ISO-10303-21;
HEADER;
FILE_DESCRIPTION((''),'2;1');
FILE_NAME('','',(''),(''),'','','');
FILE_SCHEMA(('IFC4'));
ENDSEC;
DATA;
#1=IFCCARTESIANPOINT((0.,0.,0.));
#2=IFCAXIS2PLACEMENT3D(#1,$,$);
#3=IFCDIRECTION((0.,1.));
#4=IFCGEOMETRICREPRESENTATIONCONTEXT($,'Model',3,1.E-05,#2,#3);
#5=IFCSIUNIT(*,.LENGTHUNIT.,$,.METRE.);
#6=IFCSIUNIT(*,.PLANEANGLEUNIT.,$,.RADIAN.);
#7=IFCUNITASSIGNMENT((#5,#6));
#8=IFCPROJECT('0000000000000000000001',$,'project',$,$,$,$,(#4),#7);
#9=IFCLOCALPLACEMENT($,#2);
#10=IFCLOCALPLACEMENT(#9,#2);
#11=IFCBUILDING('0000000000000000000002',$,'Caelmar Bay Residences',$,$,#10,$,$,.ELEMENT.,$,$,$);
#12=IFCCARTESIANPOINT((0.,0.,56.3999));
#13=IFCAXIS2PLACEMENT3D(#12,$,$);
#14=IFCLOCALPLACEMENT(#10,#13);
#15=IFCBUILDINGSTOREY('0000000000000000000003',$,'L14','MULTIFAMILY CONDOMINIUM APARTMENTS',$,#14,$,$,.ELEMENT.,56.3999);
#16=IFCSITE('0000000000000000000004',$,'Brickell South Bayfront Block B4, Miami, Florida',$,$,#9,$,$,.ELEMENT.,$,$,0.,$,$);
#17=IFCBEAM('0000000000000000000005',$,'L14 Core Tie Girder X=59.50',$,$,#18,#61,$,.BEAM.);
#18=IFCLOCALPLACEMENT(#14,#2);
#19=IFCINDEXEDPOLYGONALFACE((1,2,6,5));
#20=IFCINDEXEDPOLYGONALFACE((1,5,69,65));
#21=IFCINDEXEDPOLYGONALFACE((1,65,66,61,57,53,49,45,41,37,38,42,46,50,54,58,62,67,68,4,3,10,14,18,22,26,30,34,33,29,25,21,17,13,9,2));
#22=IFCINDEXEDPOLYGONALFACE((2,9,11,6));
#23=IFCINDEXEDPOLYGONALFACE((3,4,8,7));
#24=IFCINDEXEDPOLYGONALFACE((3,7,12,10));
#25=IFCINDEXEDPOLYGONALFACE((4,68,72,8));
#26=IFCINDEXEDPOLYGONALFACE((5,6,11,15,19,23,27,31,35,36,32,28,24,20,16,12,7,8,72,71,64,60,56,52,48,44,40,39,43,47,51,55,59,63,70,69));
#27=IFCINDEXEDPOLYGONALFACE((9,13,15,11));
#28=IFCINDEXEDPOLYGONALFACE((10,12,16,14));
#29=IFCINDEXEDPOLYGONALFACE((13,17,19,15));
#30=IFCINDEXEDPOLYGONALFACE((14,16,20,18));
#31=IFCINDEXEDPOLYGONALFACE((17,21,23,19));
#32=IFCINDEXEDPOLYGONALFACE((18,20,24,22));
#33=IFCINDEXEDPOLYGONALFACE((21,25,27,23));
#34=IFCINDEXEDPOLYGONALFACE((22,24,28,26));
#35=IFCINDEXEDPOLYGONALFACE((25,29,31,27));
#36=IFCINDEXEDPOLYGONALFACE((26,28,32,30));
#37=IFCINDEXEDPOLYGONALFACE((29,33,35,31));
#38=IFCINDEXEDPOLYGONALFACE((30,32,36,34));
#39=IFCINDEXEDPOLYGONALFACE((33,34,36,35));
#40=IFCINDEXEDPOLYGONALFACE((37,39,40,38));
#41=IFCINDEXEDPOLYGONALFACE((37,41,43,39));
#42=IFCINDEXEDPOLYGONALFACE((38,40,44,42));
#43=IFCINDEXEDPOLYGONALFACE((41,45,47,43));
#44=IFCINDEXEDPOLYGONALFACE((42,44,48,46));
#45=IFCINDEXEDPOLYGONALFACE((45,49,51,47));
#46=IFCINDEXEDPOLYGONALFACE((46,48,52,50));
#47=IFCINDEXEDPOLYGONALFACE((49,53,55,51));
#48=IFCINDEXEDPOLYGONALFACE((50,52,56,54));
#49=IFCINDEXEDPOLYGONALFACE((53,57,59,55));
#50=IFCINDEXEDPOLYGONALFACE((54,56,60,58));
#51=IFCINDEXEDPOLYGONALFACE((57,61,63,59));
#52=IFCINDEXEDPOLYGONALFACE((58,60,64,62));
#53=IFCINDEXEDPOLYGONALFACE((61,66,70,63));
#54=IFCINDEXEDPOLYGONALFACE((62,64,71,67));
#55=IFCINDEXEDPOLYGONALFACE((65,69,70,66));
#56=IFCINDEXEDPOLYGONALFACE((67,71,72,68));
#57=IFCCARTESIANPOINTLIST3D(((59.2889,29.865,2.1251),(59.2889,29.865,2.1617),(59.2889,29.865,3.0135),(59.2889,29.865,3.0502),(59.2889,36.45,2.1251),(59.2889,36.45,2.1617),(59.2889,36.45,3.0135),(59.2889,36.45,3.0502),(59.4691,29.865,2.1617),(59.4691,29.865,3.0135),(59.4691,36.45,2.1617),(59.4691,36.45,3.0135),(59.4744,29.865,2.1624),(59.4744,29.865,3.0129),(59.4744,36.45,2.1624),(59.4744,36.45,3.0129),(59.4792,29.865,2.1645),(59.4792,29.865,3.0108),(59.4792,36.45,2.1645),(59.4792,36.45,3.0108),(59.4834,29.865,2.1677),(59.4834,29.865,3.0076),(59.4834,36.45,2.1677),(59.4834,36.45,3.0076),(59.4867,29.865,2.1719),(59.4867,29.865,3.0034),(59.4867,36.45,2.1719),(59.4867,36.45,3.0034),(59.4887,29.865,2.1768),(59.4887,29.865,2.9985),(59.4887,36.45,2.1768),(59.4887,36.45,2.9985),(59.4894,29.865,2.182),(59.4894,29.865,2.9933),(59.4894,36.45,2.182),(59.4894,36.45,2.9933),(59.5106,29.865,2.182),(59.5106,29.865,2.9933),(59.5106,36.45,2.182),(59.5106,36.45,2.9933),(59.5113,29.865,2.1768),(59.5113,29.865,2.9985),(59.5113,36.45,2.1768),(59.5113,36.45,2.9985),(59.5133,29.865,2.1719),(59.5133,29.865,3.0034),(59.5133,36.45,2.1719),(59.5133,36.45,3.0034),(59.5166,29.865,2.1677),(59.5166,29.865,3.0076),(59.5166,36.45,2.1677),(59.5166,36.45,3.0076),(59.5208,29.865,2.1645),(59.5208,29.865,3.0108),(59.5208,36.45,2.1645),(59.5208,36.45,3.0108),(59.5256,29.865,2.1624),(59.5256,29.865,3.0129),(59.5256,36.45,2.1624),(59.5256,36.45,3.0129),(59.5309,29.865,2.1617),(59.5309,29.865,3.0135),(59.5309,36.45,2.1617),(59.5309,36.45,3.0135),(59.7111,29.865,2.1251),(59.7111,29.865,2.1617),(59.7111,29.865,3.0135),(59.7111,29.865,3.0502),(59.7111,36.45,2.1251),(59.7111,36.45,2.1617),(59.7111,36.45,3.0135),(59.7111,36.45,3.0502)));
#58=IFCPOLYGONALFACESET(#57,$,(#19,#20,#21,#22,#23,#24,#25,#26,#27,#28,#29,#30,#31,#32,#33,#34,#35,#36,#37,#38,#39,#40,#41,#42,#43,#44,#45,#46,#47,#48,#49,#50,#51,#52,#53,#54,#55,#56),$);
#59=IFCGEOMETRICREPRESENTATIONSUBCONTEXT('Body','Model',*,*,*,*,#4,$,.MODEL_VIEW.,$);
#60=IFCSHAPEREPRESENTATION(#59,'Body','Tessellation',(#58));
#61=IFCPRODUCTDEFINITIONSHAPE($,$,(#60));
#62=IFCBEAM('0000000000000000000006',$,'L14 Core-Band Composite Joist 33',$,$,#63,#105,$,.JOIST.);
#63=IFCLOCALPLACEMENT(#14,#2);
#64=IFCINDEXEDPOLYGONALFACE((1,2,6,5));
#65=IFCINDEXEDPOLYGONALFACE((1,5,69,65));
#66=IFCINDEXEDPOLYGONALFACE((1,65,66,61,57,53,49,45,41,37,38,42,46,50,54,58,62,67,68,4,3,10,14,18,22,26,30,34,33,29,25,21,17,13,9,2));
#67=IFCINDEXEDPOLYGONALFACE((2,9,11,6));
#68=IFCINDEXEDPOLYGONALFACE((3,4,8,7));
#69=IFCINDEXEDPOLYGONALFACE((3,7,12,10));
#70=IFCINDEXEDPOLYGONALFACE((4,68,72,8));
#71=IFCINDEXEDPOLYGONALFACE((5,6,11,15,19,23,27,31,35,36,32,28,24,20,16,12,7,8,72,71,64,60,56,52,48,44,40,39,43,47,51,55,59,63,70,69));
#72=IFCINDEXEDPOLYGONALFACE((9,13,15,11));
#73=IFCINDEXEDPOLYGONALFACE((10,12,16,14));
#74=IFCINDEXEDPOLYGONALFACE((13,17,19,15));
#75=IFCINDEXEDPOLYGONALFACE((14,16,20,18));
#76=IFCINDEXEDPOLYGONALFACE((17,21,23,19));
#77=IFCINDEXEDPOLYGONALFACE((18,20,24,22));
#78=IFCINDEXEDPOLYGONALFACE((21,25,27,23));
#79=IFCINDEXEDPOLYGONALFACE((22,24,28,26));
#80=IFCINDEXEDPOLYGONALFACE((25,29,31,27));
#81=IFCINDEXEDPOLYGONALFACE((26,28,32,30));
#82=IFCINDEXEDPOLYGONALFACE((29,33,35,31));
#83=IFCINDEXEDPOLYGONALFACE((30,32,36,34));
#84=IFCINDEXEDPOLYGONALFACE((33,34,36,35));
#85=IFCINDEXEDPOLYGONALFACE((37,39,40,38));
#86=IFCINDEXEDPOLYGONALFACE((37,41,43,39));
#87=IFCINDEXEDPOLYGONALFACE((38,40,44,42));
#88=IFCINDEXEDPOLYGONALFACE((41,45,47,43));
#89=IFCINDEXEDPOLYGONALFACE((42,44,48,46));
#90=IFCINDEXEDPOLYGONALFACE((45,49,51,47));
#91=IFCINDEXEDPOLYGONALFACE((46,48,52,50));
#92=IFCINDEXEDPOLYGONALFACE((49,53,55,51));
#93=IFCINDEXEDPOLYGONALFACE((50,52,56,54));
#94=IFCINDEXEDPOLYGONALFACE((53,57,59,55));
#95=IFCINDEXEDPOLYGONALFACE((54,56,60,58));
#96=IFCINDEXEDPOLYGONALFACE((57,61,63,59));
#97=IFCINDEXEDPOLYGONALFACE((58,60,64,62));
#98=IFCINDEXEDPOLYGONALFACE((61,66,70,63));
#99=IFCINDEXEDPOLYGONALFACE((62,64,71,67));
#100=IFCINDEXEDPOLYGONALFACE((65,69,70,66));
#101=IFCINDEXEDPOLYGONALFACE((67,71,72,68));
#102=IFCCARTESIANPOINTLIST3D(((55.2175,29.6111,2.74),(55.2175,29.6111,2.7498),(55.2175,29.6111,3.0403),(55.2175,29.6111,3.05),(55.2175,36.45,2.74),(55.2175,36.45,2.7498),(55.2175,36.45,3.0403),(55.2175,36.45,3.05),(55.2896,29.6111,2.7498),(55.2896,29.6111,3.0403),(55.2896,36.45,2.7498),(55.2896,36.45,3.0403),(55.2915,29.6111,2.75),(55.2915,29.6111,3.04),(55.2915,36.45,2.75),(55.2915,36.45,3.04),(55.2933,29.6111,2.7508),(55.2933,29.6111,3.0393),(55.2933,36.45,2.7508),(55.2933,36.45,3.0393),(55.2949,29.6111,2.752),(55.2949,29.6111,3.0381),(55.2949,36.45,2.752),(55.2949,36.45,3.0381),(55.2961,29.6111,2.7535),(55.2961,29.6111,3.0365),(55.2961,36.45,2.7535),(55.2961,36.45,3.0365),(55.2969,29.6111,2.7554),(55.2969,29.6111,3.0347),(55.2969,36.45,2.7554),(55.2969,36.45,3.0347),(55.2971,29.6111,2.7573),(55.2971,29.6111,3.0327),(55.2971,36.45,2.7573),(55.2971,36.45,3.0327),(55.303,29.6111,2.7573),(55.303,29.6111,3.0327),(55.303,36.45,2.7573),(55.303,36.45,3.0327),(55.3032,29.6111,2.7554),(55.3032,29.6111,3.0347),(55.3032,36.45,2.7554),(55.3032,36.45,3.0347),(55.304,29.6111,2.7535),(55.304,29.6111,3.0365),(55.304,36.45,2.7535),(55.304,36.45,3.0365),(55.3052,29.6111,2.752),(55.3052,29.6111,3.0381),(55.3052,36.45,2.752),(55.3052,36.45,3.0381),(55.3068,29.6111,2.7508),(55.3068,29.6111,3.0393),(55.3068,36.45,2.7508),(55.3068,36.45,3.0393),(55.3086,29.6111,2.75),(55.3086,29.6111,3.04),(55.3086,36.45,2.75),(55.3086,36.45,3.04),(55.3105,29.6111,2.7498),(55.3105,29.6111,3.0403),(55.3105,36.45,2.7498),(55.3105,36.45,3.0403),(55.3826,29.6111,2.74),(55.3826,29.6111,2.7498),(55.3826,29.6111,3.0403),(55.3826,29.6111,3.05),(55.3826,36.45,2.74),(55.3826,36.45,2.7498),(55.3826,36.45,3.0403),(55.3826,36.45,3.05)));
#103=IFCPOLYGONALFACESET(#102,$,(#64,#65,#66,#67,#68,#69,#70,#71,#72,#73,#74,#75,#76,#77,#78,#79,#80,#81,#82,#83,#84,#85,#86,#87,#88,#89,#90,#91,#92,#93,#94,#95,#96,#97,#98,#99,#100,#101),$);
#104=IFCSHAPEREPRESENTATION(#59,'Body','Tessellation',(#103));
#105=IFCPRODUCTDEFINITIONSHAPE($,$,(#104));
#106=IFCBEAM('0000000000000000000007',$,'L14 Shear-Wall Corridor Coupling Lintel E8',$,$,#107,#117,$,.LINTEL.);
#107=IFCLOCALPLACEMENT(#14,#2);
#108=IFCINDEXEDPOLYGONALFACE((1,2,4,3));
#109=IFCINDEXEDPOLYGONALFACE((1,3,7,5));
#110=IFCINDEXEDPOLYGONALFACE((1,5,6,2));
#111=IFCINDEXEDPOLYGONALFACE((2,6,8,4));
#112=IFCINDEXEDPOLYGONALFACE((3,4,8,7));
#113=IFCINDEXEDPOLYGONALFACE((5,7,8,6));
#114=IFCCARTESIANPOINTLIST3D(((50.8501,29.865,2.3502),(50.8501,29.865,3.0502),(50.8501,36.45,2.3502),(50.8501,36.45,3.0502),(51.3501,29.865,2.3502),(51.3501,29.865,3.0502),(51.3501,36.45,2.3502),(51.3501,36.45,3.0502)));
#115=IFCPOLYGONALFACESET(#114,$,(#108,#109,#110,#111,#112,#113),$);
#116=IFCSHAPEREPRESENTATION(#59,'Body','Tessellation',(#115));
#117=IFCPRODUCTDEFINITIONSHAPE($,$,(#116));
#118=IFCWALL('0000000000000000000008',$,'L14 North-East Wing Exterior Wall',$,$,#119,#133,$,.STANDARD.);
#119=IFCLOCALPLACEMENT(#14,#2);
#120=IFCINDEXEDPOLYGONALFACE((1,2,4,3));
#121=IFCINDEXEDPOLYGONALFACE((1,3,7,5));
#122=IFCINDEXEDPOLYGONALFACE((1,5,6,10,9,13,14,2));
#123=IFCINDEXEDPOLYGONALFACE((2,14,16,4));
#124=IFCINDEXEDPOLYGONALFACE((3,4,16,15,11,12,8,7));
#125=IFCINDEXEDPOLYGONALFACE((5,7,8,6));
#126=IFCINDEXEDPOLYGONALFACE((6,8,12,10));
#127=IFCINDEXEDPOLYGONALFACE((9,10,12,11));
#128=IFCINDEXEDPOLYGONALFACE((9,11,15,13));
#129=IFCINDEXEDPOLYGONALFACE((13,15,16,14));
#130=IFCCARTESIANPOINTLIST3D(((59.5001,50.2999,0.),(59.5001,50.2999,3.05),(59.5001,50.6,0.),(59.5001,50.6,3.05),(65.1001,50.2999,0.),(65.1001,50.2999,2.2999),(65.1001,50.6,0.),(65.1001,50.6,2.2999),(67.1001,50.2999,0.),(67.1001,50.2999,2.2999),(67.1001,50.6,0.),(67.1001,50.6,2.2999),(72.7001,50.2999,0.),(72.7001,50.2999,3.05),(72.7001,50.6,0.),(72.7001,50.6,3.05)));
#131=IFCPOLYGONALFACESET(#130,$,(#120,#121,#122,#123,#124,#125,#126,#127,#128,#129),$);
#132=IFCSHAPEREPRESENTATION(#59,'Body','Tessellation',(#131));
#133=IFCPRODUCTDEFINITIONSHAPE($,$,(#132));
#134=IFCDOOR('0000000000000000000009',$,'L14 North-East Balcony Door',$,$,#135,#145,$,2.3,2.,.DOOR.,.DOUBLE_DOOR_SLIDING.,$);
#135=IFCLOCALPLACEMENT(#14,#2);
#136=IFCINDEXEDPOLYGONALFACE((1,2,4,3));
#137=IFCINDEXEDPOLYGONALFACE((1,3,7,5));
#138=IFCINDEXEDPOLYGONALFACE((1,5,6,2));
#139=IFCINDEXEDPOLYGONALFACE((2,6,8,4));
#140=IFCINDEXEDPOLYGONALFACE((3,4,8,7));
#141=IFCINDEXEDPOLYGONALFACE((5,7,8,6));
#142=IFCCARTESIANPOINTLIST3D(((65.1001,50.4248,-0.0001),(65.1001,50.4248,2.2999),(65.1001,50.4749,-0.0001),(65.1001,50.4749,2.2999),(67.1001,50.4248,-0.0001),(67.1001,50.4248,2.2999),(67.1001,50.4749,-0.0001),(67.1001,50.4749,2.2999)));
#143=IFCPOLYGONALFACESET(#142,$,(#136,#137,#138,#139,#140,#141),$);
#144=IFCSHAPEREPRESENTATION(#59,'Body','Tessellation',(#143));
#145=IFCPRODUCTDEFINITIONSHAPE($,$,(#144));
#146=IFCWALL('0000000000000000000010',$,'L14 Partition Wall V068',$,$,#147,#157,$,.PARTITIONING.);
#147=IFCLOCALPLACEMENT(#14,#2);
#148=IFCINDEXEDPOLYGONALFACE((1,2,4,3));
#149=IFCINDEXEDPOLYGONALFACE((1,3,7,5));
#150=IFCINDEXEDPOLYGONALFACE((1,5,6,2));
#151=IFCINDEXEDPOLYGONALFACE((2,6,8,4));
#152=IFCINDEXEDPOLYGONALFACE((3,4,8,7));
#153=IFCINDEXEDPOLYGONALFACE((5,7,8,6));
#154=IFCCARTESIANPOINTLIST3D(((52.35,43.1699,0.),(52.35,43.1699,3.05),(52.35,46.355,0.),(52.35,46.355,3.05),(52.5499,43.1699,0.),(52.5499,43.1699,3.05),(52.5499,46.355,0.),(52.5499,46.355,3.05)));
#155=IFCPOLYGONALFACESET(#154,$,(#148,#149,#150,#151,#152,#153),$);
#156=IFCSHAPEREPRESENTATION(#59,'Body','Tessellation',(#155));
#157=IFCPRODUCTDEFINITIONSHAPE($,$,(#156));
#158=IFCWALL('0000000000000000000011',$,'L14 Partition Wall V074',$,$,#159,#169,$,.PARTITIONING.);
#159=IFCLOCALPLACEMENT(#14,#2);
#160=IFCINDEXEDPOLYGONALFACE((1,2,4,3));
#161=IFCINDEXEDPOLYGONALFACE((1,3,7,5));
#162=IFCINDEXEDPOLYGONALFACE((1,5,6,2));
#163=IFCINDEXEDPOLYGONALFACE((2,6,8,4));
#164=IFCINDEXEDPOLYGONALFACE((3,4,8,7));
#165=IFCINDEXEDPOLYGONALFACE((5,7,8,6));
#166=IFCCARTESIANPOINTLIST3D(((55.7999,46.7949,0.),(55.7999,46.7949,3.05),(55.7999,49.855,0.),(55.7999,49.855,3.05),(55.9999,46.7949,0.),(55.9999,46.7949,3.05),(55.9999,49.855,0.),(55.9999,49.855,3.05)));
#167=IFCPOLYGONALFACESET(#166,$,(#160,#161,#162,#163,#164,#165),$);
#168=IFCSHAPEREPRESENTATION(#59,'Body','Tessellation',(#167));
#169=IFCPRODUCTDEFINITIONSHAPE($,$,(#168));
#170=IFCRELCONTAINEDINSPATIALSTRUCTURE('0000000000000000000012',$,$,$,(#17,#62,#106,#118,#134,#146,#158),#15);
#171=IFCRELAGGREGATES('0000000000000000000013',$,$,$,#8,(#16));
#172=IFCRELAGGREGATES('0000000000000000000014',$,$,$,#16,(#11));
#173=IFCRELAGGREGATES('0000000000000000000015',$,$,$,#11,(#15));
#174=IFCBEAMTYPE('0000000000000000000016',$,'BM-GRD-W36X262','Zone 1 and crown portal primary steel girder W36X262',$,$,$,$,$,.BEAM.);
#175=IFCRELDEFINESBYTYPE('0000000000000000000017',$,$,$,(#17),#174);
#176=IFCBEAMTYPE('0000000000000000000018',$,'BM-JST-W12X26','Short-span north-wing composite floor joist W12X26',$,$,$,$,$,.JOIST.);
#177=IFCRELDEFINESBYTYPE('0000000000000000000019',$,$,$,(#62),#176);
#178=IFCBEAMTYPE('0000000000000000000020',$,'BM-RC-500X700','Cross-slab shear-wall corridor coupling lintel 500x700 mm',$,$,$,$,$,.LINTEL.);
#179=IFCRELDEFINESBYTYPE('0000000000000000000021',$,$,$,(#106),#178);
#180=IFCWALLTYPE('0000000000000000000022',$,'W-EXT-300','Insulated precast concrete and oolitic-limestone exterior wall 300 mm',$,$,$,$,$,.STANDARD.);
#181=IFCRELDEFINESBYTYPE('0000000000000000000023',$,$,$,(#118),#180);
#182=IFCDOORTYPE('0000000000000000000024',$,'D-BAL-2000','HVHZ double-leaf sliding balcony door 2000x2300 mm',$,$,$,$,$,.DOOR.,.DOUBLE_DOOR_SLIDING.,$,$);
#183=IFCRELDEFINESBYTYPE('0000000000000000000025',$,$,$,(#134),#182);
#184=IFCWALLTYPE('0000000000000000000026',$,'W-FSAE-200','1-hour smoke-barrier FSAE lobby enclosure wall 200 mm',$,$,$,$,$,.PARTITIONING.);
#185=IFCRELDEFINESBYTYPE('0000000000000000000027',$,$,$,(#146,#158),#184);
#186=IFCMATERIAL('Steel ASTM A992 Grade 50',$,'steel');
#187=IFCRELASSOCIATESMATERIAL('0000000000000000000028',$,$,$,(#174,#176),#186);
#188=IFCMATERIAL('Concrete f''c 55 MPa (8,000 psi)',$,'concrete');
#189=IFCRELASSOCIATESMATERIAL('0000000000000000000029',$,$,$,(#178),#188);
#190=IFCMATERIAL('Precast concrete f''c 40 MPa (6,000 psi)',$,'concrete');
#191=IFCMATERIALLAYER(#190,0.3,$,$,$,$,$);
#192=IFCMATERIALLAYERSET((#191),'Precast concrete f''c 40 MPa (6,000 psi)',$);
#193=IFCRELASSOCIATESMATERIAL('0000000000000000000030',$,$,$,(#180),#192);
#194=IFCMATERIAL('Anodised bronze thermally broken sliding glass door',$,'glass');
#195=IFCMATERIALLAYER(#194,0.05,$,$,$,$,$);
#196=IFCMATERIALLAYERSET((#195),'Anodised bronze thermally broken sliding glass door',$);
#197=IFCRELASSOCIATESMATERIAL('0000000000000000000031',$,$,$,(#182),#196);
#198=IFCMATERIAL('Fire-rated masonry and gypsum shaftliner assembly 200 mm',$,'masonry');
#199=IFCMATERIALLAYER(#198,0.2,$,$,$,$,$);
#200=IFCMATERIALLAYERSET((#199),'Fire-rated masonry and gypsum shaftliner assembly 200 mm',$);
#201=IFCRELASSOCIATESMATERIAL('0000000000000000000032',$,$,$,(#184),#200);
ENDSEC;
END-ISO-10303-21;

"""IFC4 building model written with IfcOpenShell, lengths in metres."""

from ifc_helpers import new_model, si_unit, direction, frame, frame_2d, origin, origin_2d, place, context, subcontext, project, spatial, rectangle, i_section, extrude, material, layer, layer_set, material_profile, profile_set, type_object, element, fill, save


model = new_model("IFC4")

# Units and contexts
model_context = context("Model", 3, precision=1e-05, world=origin(), true_north=direction((0.0, 1.0)))
body_context = subcontext(model_context, "Body", "Model", "MODEL_VIEW")
ifc_project = project(units=[si_unit("LENGTHUNIT", "METRE"), si_unit("PLANEANGLEUNIT", "RADIAN")], contexts=[model_context])

# Site, building, storey
site_placement = place(None, origin())
site = spatial("IfcSite", under=ifc_project, at=site_placement, Name="Brickell South Bayfront Block B4, Miami, Florida", CompositionType="ELEMENT", RefElevation=0.0)
building_placement = place(site_placement, origin())
building = spatial("IfcBuilding", under=site, at=building_placement, Name="Caelmar Bay Residences", CompositionType="ELEMENT")
storey_placement = place(building_placement, frame((0.0, 0.0, 56.3999)))
storey = spatial("IfcBuildingStorey", under=building, at=storey_placement, Name="L14", Description="MULTIFAMILY CONDOMINIUM APARTMENTS", CompositionType="ELEMENT", Elevation=56.3999)

# Beams
ifc_material_1 = material(Name="Steel ASTM A992 Grade 50", Category="steel")
ifc_material_profile_1 = material_profile(ifc_material_1, i_section(OverallWidth=0.4221, OverallDepth=0.925, WebThickness=0.0212, FlangeThickness=0.0366, FilletRadius=0.0203, at=origin_2d()), Name="W36X262")
ifc_profile_set_1 = profile_set([ifc_material_profile_1], Name="Steel ASTM A992 Grade 50")
beam_type_1 = type_object("IfcBeamType", Name="BM-GRD-W36X262", Description="Zone 1 and crown portal primary steel girder W36X262", PredefinedType="BEAM", material=ifc_profile_set_1)
beam_1_placement = place(storey_placement, frame((59.5, 29.865, 2.5876), z_axis=(0.0, 1.0, 0.0), x_axis=(-1.0, 0.0, 0.0)))
element("IfcBeam", 1, at=beam_1_placement, inside=storey, type_object=beam_type_1, Name="L14 Core Tie Girder X=59.50", PredefinedType="BEAM", context=body_context, shape_type="SweptSolid", body=[
    extrude(i_section(OverallWidth=0.4221, OverallDepth=0.925, WebThickness=0.0212, FlangeThickness=0.0366, FilletRadius=0.0203, at=origin_2d()), origin(), (0.0, 0.0, 1.0), 6.585),
])
ifc_material_profile_2 = material_profile(ifc_material_1, i_section(OverallWidth=0.165, OverallDepth=0.3101, WebThickness=0.0059, FlangeThickness=0.0098, FilletRadius=0.0076, at=origin_2d()), Name="W12X26")
ifc_profile_set_2 = profile_set([ifc_material_profile_2], Name="Steel ASTM A992 Grade 50")
beam_type_2 = type_object("IfcBeamType", Name="BM-JST-W12X26", Description="Short-span north-wing composite floor joist W12X26", PredefinedType="JOIST", material=ifc_profile_set_2)
beam_2_placement = place(storey_placement, frame((55.3, 29.6111, 2.895), z_axis=(0.0, 1.0, 0.0), x_axis=(-1.0, 0.0, 0.0)))
element("IfcBeam", 2, at=beam_2_placement, inside=storey, type_object=beam_type_2, Name="L14 Core-Band Composite Joist 33", PredefinedType="JOIST", context=body_context, shape_type="SweptSolid", body=[
    extrude(i_section(OverallWidth=0.165, OverallDepth=0.3101, WebThickness=0.0059, FlangeThickness=0.0098, FilletRadius=0.0076, at=origin_2d()), origin(), (0.0, 0.0, 1.0), 6.8389),
])
ifc_material_2 = material(Name="Concrete f'c 55 MPa (8,000 psi)", Category="concrete")
ifc_material_profile_3 = material_profile(ifc_material_2, rectangle(XDim=0.5, YDim=0.7, at=origin_2d()), Name="RC-BM-500X700")
ifc_profile_set_3 = profile_set([ifc_material_profile_3], Name="Concrete f'c 55 MPa (8,000 psi)")
beam_type_3 = type_object("IfcBeamType", Name="BM-RC-500X700", Description="Cross-slab shear-wall corridor coupling lintel 500x700 mm", PredefinedType="LINTEL", material=ifc_profile_set_3)
beam_3_placement = place(storey_placement, frame((51.1001, 29.865, 2.7002), z_axis=(0.0, 1.0, 0.0), x_axis=(-1.0, 0.0, 0.0)))
element("IfcBeam", 3, at=beam_3_placement, inside=storey, type_object=beam_type_3, Name="L14 Shear-Wall Corridor Coupling Lintel E8", PredefinedType="LINTEL", context=body_context, shape_type="SweptSolid", body=[
    extrude(rectangle(XDim=0.5, YDim=0.7, at=origin_2d()), origin(), (0.0, 0.0, 1.0), 6.585),
])

# Wall, opening, door
ifc_material_3 = material(Name="Precast concrete f'c 40 MPa (6,000 psi)", Category="concrete")
ifc_layer_1 = layer(ifc_material_3, 0.3)
ifc_layer_set_1 = layer_set([ifc_layer_1], Name="Precast concrete f'c 40 MPa (6,000 psi)")
wall_type_1 = type_object("IfcWallType", Name="W-EXT-300", Description="Insulated precast concrete and oolitic-limestone exterior wall 300 mm", PredefinedType="STANDARD", material=ifc_layer_set_1)
wall_1_placement = place(storey_placement, frame((59.5, 50.45, 0.0), z_axis=(0.0, 0.0, 1.0), x_axis=(1.0, 0.0, 0.0)))
wall_1 = element("IfcWall", 4, at=wall_1_placement, inside=storey, type_object=wall_type_1, Name="L14 North-East Wing Exterior Wall", PredefinedType="STANDARD", context=body_context, shape_type="SweptSolid", body=[
    extrude(rectangle(XDim=13.2, YDim=0.3, at=frame_2d((6.6001, 0.0))), origin(), (0.0, 0.0, 1.0), 3.05),
])
opening_1_placement = place(wall_1_placement, frame((5.6001, 0.0, 0.0)))
opening_1 = element("IfcOpeningElement", 5, at=opening_1_placement, cuts=wall_1, PredefinedType="OPENING", context=body_context, shape_type="SweptSolid", body=[
    extrude(rectangle(XDim=2.0, YDim=2.3, at=frame_2d((1.0, 1.1499))), frame((0.0, 0.1599, 0.0), z_axis=(0.0, -1.0, 0.0), x_axis=(1.0, 0.0, 0.0)), (0.0, 0.0, 1.0), 0.3201),
])
ifc_material_4 = material(Name="Anodised bronze thermally broken sliding glass door", Category="glass")
ifc_layer_2 = layer(ifc_material_4, 0.05)
ifc_layer_set_2 = layer_set([ifc_layer_2], Name="Anodised bronze thermally broken sliding glass door")
door_type_1 = type_object("IfcDoorType", Name="D-BAL-2000", Description="HVHZ double-leaf sliding balcony door 2000x2300 mm", OperationType="DOUBLE_DOOR_SLIDING", PredefinedType="DOOR", material=ifc_layer_set_2)
door_1_placement = place(opening_1_placement, origin())
door_1 = element("IfcDoor", 6, at=door_1_placement, inside=storey, type_object=door_type_1, Name="L14 North-East Balcony Door", OperationType="DOUBLE_DOOR_SLIDING", OverallHeight=2.3, OverallWidth=2.0, PredefinedType="DOOR", context=body_context, shape_type="SweptSolid", body=[
    extrude(rectangle(XDim=2.0, YDim=2.3, at=frame_2d((1.0, 1.1499))), frame((0.0, 0.0249, 0.0), z_axis=(0.0, -1.0, 0.0), x_axis=(1.0, 0.0, 0.0)), (0.0, 0.0, 1.0), 0.05),
])
fill(opening_1, door_1)

# Walls
ifc_material_5 = material(Name="Fire-rated masonry and gypsum shaftliner assembly 200 mm", Category="masonry")
ifc_layer_3 = layer(ifc_material_5, 0.2)
ifc_layer_set_3 = layer_set([ifc_layer_3], Name="Fire-rated masonry and gypsum shaftliner assembly 200 mm")
wall_type_2 = type_object("IfcWallType", Name="W-FSAE-200", Description="1-hour smoke-barrier FSAE lobby enclosure wall 200 mm", PredefinedType="PARTITIONING", material=ifc_layer_set_3)
wall_2_placement = place(storey_placement, frame((52.45, 43.1699, 0.0), z_axis=(0.0, 0.0, 1.0), x_axis=(0.0, 1.0, 0.0)))
element("IfcWall", 7, at=wall_2_placement, inside=storey, type_object=wall_type_2, Name="L14 Partition Wall V068", PredefinedType="PARTITIONING", context=body_context, shape_type="SweptSolid", body=[
    extrude(rectangle(XDim=3.1851, YDim=0.2, at=frame_2d((1.5925, 0.0))), origin(), (0.0, 0.0, 1.0), 3.05),
])
wall_3_placement = place(storey_placement, frame((55.8999, 46.7949, 0.0), z_axis=(0.0, 0.0, 1.0), x_axis=(0.0, 1.0, 0.0)))
element("IfcWall", 8, at=wall_3_placement, inside=storey, type_object=wall_type_2, Name="L14 Partition Wall V074", PredefinedType="PARTITIONING", context=body_context, shape_type="SweptSolid", body=[
    extrude(rectangle(XDim=3.0601, YDim=0.2, at=frame_2d((1.53, 0.0))), origin(), (0.0, 0.0, 1.0), 3.05),
])

save(model, "model.ifc")
